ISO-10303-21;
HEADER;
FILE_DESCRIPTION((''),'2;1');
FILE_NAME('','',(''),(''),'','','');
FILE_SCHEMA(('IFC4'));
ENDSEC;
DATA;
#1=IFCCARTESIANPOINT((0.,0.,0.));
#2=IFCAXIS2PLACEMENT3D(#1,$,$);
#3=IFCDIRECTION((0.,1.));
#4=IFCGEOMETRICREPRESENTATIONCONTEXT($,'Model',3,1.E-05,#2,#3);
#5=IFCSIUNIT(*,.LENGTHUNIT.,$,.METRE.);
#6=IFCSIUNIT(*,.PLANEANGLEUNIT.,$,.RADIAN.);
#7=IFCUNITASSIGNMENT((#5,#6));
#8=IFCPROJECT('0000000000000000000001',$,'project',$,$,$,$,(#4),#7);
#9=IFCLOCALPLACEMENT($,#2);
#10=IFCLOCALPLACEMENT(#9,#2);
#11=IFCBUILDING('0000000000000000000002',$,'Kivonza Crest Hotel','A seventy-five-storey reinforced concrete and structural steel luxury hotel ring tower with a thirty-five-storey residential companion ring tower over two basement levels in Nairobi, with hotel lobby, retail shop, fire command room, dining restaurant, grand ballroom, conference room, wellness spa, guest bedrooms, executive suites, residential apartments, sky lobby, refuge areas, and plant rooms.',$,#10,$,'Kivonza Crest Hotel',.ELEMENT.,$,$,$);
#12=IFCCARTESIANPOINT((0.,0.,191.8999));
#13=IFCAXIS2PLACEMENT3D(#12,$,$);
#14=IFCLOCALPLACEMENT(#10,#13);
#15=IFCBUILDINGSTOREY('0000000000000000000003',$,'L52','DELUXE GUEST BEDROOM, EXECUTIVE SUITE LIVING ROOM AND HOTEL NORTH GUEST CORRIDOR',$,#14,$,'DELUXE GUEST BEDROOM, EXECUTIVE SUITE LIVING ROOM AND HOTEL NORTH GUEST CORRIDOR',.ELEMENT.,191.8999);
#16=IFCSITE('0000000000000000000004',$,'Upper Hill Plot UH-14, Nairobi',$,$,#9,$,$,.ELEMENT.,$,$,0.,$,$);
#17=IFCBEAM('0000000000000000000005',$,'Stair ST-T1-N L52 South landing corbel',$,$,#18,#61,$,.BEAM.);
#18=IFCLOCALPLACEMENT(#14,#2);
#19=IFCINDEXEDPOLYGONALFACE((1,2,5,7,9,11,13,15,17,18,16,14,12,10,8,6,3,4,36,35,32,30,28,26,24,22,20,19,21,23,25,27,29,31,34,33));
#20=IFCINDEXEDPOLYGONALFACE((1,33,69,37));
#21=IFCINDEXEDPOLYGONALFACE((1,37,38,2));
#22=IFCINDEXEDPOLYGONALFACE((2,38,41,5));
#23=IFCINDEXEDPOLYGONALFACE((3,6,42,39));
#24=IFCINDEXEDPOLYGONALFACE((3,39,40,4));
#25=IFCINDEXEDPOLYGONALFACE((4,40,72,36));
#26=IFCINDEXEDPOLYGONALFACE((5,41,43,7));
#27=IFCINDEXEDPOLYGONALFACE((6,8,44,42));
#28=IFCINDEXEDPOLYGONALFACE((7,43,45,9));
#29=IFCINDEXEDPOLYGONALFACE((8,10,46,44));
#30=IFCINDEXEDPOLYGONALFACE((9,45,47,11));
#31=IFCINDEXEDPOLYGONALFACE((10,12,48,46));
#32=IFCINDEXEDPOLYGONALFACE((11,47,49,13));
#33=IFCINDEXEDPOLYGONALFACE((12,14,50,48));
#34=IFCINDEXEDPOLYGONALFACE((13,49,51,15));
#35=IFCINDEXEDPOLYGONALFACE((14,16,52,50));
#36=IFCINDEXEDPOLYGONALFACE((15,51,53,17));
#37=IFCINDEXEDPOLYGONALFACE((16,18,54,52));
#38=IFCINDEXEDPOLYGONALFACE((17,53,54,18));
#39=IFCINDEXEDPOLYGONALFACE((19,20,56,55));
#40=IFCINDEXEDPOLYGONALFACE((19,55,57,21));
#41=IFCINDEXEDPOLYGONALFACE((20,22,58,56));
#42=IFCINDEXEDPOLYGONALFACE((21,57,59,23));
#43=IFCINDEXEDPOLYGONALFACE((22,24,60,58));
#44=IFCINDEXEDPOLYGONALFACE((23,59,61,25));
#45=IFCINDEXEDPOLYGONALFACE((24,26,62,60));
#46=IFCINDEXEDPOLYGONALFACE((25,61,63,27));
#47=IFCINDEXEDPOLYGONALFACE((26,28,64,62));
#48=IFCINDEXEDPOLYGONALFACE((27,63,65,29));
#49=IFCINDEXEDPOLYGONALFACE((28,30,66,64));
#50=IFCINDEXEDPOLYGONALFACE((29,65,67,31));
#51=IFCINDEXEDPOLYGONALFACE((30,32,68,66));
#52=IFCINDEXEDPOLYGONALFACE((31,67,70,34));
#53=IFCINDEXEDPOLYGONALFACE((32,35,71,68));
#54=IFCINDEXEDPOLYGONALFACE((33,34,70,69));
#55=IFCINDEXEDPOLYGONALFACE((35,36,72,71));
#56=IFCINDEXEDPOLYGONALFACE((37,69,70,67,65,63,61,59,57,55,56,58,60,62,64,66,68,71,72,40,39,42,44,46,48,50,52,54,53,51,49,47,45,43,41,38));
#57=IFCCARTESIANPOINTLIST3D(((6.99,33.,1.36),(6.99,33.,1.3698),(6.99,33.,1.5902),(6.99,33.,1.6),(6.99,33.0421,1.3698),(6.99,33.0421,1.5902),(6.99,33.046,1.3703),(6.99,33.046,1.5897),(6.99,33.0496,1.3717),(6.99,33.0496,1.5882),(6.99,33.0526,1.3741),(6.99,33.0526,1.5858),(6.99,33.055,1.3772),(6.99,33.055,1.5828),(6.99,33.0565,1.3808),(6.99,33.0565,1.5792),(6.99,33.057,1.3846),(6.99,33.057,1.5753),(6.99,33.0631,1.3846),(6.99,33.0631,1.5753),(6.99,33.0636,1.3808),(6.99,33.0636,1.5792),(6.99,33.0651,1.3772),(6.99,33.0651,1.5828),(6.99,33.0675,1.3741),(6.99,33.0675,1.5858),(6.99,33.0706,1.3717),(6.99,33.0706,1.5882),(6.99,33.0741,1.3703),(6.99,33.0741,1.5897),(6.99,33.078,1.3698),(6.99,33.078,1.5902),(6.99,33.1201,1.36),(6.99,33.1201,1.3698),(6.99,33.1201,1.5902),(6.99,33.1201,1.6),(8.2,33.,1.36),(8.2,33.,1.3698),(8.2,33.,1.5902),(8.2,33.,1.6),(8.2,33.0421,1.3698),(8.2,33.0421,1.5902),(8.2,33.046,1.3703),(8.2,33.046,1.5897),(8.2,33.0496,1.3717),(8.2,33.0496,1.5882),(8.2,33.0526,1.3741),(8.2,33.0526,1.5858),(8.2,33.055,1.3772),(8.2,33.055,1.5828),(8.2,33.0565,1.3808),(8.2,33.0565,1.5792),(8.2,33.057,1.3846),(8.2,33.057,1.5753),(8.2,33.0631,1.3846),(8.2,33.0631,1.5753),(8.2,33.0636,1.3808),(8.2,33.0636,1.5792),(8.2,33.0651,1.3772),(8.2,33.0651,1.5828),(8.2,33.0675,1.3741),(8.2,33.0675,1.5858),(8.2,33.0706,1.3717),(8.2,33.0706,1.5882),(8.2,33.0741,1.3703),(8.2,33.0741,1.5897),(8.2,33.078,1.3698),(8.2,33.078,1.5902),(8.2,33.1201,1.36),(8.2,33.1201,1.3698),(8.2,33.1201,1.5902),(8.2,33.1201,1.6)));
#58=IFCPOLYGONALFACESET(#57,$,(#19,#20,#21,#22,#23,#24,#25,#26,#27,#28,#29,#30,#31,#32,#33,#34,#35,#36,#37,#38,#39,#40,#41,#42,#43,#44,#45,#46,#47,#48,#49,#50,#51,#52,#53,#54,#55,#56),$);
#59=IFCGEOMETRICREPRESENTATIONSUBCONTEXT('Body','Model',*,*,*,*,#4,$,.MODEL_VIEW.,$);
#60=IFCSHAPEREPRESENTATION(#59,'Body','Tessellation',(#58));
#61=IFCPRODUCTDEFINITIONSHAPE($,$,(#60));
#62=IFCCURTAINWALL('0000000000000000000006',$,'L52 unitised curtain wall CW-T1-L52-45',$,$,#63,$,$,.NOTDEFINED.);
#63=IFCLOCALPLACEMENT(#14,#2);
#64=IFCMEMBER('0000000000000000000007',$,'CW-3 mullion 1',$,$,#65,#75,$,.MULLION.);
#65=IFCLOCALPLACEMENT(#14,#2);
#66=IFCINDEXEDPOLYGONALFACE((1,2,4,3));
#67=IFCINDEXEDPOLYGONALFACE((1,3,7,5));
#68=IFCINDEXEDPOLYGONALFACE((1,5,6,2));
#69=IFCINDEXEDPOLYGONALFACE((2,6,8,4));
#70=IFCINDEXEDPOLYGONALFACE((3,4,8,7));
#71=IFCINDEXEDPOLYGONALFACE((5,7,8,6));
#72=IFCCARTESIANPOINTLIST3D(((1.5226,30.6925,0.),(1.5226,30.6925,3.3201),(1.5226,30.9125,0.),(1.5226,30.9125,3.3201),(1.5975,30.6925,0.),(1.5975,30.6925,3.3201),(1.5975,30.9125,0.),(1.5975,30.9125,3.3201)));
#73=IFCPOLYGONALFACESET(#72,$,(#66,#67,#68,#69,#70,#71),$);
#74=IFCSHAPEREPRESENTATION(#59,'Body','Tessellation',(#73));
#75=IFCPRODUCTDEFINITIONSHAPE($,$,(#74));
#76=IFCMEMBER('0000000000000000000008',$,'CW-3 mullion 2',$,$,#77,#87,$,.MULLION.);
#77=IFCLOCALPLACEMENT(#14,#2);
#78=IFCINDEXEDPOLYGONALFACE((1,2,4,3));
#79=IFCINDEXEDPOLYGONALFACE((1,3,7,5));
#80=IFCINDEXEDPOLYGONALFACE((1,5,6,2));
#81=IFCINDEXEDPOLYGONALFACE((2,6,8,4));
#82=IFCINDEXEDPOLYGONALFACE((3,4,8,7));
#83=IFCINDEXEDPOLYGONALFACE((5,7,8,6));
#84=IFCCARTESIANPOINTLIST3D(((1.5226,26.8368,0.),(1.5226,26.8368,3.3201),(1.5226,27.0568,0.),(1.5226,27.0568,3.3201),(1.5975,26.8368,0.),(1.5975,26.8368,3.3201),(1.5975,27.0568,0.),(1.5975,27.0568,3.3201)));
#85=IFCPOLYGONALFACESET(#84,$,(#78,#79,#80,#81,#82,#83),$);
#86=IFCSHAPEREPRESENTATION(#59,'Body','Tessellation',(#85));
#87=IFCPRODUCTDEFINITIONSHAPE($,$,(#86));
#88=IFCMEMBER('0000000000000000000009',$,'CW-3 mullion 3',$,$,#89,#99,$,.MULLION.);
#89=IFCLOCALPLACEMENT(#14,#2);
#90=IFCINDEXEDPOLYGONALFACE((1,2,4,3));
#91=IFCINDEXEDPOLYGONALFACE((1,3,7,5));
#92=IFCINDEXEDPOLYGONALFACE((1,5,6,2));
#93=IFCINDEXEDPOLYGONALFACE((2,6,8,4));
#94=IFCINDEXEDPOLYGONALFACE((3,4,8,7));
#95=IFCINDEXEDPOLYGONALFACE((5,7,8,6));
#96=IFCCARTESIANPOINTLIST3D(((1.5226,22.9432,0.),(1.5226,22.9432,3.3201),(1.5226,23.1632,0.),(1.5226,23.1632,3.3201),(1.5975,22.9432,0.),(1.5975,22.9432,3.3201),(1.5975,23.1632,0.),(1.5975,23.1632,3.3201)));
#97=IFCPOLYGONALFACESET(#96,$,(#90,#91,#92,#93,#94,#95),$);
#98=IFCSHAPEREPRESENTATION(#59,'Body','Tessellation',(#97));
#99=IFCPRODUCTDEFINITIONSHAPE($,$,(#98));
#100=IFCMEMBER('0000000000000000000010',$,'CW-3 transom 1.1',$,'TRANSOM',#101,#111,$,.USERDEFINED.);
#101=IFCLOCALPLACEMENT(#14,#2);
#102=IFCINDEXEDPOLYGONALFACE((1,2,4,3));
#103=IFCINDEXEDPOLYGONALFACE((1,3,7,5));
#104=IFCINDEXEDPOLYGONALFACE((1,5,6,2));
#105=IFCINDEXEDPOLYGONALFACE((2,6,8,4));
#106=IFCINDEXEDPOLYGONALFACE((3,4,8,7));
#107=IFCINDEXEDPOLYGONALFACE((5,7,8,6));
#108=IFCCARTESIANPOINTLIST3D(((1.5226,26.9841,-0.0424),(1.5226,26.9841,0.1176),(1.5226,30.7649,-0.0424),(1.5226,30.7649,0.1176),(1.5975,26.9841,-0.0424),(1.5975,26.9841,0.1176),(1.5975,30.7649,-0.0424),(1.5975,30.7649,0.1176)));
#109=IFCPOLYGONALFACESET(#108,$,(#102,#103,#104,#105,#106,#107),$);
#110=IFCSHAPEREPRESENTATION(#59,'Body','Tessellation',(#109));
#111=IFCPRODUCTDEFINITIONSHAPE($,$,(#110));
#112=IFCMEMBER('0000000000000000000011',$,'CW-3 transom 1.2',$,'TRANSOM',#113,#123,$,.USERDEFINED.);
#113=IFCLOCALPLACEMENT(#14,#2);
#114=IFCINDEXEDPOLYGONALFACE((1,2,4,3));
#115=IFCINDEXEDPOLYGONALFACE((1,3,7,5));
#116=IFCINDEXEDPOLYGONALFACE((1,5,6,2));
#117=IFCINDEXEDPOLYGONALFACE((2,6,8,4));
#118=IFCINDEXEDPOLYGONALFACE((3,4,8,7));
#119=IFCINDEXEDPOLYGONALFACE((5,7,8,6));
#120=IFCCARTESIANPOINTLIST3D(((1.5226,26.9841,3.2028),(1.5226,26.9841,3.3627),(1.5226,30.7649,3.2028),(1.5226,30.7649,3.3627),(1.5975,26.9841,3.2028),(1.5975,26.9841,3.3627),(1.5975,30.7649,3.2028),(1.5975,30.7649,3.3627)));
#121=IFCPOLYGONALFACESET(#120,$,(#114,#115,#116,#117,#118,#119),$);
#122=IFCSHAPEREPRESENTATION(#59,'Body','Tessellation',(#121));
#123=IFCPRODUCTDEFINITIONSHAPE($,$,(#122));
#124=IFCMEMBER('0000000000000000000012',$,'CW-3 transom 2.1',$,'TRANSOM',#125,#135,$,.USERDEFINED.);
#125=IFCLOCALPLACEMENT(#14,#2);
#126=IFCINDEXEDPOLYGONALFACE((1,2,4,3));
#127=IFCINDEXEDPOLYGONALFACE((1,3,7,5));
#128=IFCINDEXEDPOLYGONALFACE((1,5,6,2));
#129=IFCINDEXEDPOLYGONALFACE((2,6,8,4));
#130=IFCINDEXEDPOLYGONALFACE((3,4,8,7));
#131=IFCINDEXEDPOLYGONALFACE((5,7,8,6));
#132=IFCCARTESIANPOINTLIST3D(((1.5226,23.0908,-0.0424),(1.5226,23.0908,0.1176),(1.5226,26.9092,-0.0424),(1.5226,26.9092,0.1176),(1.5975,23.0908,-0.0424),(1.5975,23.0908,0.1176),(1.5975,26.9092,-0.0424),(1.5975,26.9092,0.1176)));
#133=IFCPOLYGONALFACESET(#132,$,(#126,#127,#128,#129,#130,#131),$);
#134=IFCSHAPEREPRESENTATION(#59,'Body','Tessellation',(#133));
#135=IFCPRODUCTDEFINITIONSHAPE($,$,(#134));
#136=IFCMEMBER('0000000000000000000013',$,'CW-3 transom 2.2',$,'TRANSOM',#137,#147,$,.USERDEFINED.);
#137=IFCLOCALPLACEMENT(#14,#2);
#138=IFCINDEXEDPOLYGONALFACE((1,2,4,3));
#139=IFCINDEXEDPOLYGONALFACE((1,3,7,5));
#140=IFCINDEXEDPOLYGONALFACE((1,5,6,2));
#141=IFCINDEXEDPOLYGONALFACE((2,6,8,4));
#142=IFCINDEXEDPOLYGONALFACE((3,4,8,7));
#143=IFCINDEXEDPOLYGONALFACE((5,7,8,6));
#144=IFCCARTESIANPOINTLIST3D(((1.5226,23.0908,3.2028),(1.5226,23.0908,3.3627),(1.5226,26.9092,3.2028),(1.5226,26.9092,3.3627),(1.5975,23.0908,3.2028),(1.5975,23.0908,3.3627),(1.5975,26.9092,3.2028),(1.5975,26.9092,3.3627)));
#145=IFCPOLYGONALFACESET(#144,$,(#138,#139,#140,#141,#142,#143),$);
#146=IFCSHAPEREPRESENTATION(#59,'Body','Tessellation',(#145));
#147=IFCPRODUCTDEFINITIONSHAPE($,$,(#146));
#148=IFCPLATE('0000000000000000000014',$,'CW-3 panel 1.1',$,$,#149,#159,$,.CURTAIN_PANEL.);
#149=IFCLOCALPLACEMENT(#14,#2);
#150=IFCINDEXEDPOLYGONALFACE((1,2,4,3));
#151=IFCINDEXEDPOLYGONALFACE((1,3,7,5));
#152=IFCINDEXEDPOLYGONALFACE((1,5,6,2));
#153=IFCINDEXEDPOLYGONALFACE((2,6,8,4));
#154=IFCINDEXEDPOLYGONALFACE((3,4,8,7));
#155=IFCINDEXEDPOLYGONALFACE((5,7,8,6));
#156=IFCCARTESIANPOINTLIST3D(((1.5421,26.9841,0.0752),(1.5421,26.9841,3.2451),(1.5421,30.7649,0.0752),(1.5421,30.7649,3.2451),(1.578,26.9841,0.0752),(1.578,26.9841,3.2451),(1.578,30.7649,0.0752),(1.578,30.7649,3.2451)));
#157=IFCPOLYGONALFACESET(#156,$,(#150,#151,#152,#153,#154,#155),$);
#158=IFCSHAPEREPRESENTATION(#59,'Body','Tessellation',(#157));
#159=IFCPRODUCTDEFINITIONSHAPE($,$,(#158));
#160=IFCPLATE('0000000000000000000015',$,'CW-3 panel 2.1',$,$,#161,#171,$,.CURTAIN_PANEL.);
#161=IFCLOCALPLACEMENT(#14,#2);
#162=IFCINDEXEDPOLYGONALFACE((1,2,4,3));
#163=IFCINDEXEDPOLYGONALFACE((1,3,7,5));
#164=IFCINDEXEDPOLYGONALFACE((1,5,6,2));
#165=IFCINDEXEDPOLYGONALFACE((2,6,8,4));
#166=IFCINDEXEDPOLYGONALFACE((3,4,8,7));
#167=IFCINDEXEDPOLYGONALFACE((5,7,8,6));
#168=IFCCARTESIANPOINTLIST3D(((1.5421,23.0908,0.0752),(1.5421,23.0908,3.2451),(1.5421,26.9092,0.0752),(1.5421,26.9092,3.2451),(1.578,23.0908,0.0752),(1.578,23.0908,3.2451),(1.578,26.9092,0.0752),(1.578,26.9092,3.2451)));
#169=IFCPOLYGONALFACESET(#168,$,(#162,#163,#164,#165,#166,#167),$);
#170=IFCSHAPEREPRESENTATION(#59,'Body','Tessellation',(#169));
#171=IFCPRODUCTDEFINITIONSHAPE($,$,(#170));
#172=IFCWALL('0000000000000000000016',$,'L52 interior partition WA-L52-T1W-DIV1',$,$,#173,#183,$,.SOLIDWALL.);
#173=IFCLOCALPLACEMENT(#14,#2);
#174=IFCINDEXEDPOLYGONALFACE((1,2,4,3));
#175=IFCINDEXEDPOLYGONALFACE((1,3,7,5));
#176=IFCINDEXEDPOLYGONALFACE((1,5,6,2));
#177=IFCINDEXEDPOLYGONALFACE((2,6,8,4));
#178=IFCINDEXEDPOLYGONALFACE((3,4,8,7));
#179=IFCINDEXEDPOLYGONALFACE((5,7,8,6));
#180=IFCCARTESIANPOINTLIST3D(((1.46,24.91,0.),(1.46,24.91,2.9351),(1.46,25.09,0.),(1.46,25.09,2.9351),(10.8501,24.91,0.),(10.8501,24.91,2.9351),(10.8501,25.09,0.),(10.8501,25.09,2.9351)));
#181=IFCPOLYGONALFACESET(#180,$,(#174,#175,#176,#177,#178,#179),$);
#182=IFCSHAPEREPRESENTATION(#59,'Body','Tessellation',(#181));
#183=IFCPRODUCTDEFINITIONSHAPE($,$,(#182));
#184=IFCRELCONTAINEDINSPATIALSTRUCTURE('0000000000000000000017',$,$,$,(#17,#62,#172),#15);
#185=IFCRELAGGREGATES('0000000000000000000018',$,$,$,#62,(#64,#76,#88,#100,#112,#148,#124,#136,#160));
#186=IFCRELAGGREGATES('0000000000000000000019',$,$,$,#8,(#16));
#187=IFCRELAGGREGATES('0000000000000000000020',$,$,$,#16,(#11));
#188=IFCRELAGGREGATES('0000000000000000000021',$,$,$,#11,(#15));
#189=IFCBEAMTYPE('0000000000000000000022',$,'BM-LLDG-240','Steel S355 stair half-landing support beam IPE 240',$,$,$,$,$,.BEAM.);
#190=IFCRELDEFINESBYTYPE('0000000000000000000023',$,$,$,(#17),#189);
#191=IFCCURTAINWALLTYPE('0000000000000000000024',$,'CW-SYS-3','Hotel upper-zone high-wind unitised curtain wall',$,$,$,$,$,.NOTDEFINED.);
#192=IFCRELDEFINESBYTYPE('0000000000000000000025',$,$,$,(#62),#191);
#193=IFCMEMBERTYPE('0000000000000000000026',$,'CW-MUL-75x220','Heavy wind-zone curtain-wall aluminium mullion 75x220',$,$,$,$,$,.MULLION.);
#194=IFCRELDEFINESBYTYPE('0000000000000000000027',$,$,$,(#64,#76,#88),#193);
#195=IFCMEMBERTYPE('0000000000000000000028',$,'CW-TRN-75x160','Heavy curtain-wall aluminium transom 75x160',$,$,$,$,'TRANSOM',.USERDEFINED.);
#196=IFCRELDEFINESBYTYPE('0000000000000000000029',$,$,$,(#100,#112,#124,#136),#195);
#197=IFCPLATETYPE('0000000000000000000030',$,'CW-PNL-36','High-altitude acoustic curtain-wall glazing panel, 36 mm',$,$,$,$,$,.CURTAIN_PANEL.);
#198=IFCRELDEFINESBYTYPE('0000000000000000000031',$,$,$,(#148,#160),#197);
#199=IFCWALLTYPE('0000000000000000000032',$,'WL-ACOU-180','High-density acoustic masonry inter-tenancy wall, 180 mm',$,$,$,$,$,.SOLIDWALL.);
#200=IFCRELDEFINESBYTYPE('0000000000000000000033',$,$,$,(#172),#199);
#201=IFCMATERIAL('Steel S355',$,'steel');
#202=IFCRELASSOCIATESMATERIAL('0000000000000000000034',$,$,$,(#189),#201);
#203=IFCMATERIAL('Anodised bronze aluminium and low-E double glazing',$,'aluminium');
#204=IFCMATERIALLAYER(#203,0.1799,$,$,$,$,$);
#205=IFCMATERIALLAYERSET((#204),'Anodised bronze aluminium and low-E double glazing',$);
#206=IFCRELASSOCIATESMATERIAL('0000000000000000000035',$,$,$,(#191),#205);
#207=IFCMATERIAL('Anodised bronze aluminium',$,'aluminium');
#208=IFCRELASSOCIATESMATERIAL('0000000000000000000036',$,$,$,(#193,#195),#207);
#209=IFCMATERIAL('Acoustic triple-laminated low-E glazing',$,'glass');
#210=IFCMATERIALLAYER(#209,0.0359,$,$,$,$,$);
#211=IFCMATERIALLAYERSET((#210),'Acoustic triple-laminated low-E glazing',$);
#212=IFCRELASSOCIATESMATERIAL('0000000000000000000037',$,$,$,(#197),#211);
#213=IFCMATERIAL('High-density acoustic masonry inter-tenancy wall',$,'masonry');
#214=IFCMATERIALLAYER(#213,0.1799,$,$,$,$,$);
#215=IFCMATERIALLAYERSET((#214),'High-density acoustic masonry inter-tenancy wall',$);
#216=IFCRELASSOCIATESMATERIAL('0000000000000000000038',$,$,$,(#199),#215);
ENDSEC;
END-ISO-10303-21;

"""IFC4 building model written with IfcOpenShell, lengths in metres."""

from ifc_helpers import new_model, si_unit, direction, frame, frame_2d, origin, origin_2d, place, context, subcontext, project, spatial, rectangle, i_section, extrude, material, layer, layer_set, material_profile, profile_set, type_object, element, aggregate, save


model = new_model("IFC4")

# Units and contexts
model_context = context("Model", 3, precision=1e-05, world=origin(), true_north=direction((0.0, 1.0)))
body_context = subcontext(model_context, "Body", "Model", "MODEL_VIEW")
ifc_project = project(units=[si_unit("LENGTHUNIT", "METRE"), si_unit("PLANEANGLEUNIT", "RADIAN")], contexts=[model_context])

# Site, building, storey
site_placement = place(None, origin())
site = spatial("IfcSite", under=ifc_project, at=site_placement, Name="Upper Hill Plot UH-14, Nairobi", CompositionType="ELEMENT", RefElevation=0.0)
building_placement = place(site_placement, origin())
building = spatial("IfcBuilding", under=site, at=building_placement, Name="Kivonza Crest Hotel", Description="A seventy-five-storey reinforced concrete and structural steel luxury hotel ring tower with a thirty-five-storey residential companion ring tower over two basement levels in Nairobi, with hotel lobby, retail shop, fire command room, dining restaurant, grand ballroom, conference room, wellness spa, guest bedrooms, executive suites, residential apartments, sky lobby, refuge areas, and plant rooms.", LongName="Kivonza Crest Hotel", CompositionType="ELEMENT")
storey_placement = place(building_placement, frame((0.0, 0.0, 191.8999)))
storey = spatial("IfcBuildingStorey", under=building, at=storey_placement, Name="L52", Description="DELUXE GUEST BEDROOM, EXECUTIVE SUITE LIVING ROOM AND HOTEL NORTH GUEST CORRIDOR", LongName="DELUXE GUEST BEDROOM, EXECUTIVE SUITE LIVING ROOM AND HOTEL NORTH GUEST CORRIDOR", CompositionType="ELEMENT", Elevation=191.8999)

# Beam
ifc_material_1 = material(Name="Steel S355", Category="steel")
ifc_material_profile_1 = material_profile(ifc_material_1, i_section(OverallWidth=0.1201, OverallDepth=0.24, WebThickness=0.0061, FlangeThickness=0.0098, FilletRadius=0.0149, at=origin_2d()), Name="IPE 240")
ifc_profile_set_1 = profile_set([ifc_material_profile_1], Name="Steel S355")
beam_type_1 = type_object("IfcBeamType", Name="BM-LLDG-240", Description="Steel S355 stair half-landing support beam IPE 240", PredefinedType="BEAM", material=ifc_profile_set_1)
beam_1_placement = place(storey_placement, frame((6.99, 33.0601, 1.48), z_axis=(1.0, 0.0, 0.0), x_axis=(0.0, 1.0, 0.0)))
element("IfcBeam", 1, at=beam_1_placement, inside=storey, type_object=beam_type_1, Name="Stair ST-T1-N L52 South landing corbel", PredefinedType="BEAM", context=body_context, shape_type="SweptSolid", body=[
    extrude(i_section(OverallWidth=0.1201, OverallDepth=0.24, WebThickness=0.0061, FlangeThickness=0.0098, FilletRadius=0.0149, at=origin_2d()), origin(), (0.0, 0.0, 1.0), 1.21),
])

# Curtain wall, members, plates
ifc_material_2 = material(Name="Anodised bronze aluminium and low-E double glazing", Category="aluminium")
ifc_layer_1 = layer(ifc_material_2, 0.1799)
ifc_layer_set_1 = layer_set([ifc_layer_1], Name="Anodised bronze aluminium and low-E double glazing")
curtain_wall_type = type_object("IfcCurtainWallType", Name="CW-SYS-3", Description="Hotel upper-zone high-wind unitised curtain wall", PredefinedType="NOTDEFINED", material=ifc_layer_set_1)
curtain_wall_placement = place(storey_placement, origin())
curtain_wall = element("IfcCurtainWall", 2, at=curtain_wall_placement, inside=storey, type_object=curtain_wall_type, Name="L52 unitised curtain wall CW-T1-L52-45", PredefinedType="NOTDEFINED")
ifc_material_3 = material(Name="Anodised bronze aluminium", Category="aluminium")
ifc_material_profile_2 = material_profile(ifc_material_3, rectangle(XDim=0.075, YDim=0.22, at=origin_2d()), Name="CW-M 75x220")
ifc_profile_set_2 = profile_set([ifc_material_profile_2], Name="Anodised bronze aluminium")
member_type_1 = type_object("IfcMemberType", Name="CW-MUL-75x220", Description="Heavy wind-zone curtain-wall aluminium mullion 75x220", PredefinedType="MULLION", material=ifc_profile_set_2)
member_1_placement = place(storey_placement, frame((1.5601, 30.8025, 0.0), z_axis=(0.0, 0.0, 1.0), x_axis=(1.0, 0.0, 0.0)))
member_1 = element("IfcMember", 3, at=member_1_placement, type_object=member_type_1, Name="CW-3 mullion 1", PredefinedType="MULLION", context=body_context, shape_type="SweptSolid", body=[
    extrude(rectangle(XDim=0.075, YDim=0.22, at=origin_2d()), origin(), (0.0, 0.0, 1.0), 3.3201),
])
member_2_placement = place(storey_placement, frame((1.5601, 26.9468, 0.0), z_axis=(0.0, 0.0, 1.0), x_axis=(1.0, 0.0, 0.0)))
member_2 = element("IfcMember", 4, at=member_2_placement, type_object=member_type_1, Name="CW-3 mullion 2", PredefinedType="MULLION", context=body_context, shape_type="SweptSolid", body=[
    extrude(rectangle(XDim=0.075, YDim=0.22, at=origin_2d()), origin(), (0.0, 0.0, 1.0), 3.3201),
])
member_3_placement = place(storey_placement, frame((1.5601, 23.0532, 0.0), z_axis=(0.0, 0.0, 1.0), x_axis=(1.0, 0.0, 0.0)))
member_3 = element("IfcMember", 5, at=member_3_placement, type_object=member_type_1, Name="CW-3 mullion 3", PredefinedType="MULLION", context=body_context, shape_type="SweptSolid", body=[
    extrude(rectangle(XDim=0.075, YDim=0.22, at=origin_2d()), origin(), (0.0, 0.0, 1.0), 3.3201),
])
ifc_material_profile_3 = material_profile(ifc_material_3, rectangle(XDim=0.075, YDim=0.1599, at=origin_2d()), Name="CW-T 75x160")
ifc_profile_set_3 = profile_set([ifc_material_profile_3], Name="Anodised bronze aluminium")
member_type_2 = type_object("IfcMemberType", Name="CW-TRN-75x160", Description="Heavy curtain-wall aluminium transom 75x160", ElementType="TRANSOM", PredefinedType="USERDEFINED", material=ifc_profile_set_3)
member_4_placement = place(storey_placement, frame((1.5601, 30.7649, 0.0376), z_axis=(0.0, -1.0, 0.0), x_axis=(1.0, 0.0, 0.0)))
member_4 = element("IfcMember", 6, at=member_4_placement, type_object=member_type_2, Name="CW-3 transom 1.1", ObjectType="TRANSOM", PredefinedType="USERDEFINED", context=body_context, shape_type="SweptSolid", body=[
    extrude(rectangle(XDim=0.075, YDim=0.1599, at=origin_2d()), origin(), (0.0, 0.0, 1.0), 3.7808),
])
member_5_placement = place(storey_placement, frame((1.5601, 30.7649, 3.2827), z_axis=(0.0, -1.0, 0.0), x_axis=(1.0, 0.0, 0.0)))
member_5 = element("IfcMember", 7, at=member_5_placement, type_object=member_type_2, Name="CW-3 transom 1.2", ObjectType="TRANSOM", PredefinedType="USERDEFINED", context=body_context, shape_type="SweptSolid", body=[
    extrude(rectangle(XDim=0.075, YDim=0.1599, at=origin_2d()), origin(), (0.0, 0.0, 1.0), 3.7808),
])
member_6_placement = place(storey_placement, frame((1.5601, 26.9092, 0.0376), z_axis=(0.0, -1.0, 0.0), x_axis=(1.0, 0.0, 0.0)))
member_6 = element("IfcMember", 8, at=member_6_placement, type_object=member_type_2, Name="CW-3 transom 2.1", ObjectType="TRANSOM", PredefinedType="USERDEFINED", context=body_context, shape_type="SweptSolid", body=[
    extrude(rectangle(XDim=0.075, YDim=0.1599, at=origin_2d()), origin(), (0.0, 0.0, 1.0), 3.8184),
])
member_7_placement = place(storey_placement, frame((1.5601, 26.9092, 3.2827), z_axis=(0.0, -1.0, 0.0), x_axis=(1.0, 0.0, 0.0)))
member_7 = element("IfcMember", 9, at=member_7_placement, type_object=member_type_2, Name="CW-3 transom 2.2", ObjectType="TRANSOM", PredefinedType="USERDEFINED", context=body_context, shape_type="SweptSolid", body=[
    extrude(rectangle(XDim=0.075, YDim=0.1599, at=origin_2d()), origin(), (0.0, 0.0, 1.0), 3.8184),
])
ifc_material_4 = material(Name="Acoustic triple-laminated low-E glazing", Category="glass")
ifc_layer_2 = layer(ifc_material_4, 0.0359)
ifc_layer_set_2 = layer_set([ifc_layer_2], Name="Acoustic triple-laminated low-E glazing")
plate_type = type_object("IfcPlateType", Name="CW-PNL-36", Description="High-altitude acoustic curtain-wall glazing panel, 36 mm", PredefinedType="CURTAIN_PANEL", material=ifc_layer_set_2)
plate_1_placement = place(storey_placement, frame((1.5601, 28.8745, 0.0752), z_axis=(0.0, 0.0, 1.0), x_axis=(0.0, -1.0, 0.0)))
plate_1 = element("IfcPlate", 10, at=plate_1_placement, type_object=plate_type, Name="CW-3 panel 1.1", PredefinedType="CURTAIN_PANEL", context=body_context, shape_type="SweptSolid", body=[
    extrude(rectangle(XDim=3.7808, YDim=0.0359, at=origin_2d()), origin(), (0.0, 0.0, 1.0), 3.1699),
])
plate_2_placement = place(storey_placement, frame((1.5601, 25.0, 0.0752), z_axis=(0.0, 0.0, 1.0), x_axis=(0.0, -1.0, 0.0)))
plate_2 = element("IfcPlate", 11, at=plate_2_placement, type_object=plate_type, Name="CW-3 panel 2.1", PredefinedType="CURTAIN_PANEL", context=body_context, shape_type="SweptSolid", body=[
    extrude(rectangle(XDim=3.8184, YDim=0.0359, at=origin_2d()), origin(), (0.0, 0.0, 1.0), 3.1699),
])
aggregate(curtain_wall, [member_1, member_2, member_3, member_4, member_5, plate_1, member_6, member_7, plate_2])

# Wall
ifc_material_5 = material(Name="High-density acoustic masonry inter-tenancy wall", Category="masonry")
ifc_layer_3 = layer(ifc_material_5, 0.1799)
ifc_layer_set_3 = layer_set([ifc_layer_3], Name="High-density acoustic masonry inter-tenancy wall")
wall_type_1 = type_object("IfcWallType", Name="WL-ACOU-180", Description="High-density acoustic masonry inter-tenancy wall, 180 mm", PredefinedType="SOLIDWALL", material=ifc_layer_set_3)
wall_1_placement = place(storey_placement, frame((1.46, 25.0, 0.0), z_axis=(0.0, 0.0, 1.0), x_axis=(1.0, 0.0, 0.0)))
element("IfcWall", 12, at=wall_1_placement, inside=storey, type_object=wall_type_1, Name="L52 interior partition WA-L52-T1W-DIV1", PredefinedType="SOLIDWALL", context=body_context, shape_type="SweptSolid", body=[
    extrude(rectangle(XDim=9.3901, YDim=0.1799, at=frame_2d((4.6951, 0.0))), origin(), (0.0, 0.0, 1.0), 2.9351),
])

save(model, "model.ifc")
